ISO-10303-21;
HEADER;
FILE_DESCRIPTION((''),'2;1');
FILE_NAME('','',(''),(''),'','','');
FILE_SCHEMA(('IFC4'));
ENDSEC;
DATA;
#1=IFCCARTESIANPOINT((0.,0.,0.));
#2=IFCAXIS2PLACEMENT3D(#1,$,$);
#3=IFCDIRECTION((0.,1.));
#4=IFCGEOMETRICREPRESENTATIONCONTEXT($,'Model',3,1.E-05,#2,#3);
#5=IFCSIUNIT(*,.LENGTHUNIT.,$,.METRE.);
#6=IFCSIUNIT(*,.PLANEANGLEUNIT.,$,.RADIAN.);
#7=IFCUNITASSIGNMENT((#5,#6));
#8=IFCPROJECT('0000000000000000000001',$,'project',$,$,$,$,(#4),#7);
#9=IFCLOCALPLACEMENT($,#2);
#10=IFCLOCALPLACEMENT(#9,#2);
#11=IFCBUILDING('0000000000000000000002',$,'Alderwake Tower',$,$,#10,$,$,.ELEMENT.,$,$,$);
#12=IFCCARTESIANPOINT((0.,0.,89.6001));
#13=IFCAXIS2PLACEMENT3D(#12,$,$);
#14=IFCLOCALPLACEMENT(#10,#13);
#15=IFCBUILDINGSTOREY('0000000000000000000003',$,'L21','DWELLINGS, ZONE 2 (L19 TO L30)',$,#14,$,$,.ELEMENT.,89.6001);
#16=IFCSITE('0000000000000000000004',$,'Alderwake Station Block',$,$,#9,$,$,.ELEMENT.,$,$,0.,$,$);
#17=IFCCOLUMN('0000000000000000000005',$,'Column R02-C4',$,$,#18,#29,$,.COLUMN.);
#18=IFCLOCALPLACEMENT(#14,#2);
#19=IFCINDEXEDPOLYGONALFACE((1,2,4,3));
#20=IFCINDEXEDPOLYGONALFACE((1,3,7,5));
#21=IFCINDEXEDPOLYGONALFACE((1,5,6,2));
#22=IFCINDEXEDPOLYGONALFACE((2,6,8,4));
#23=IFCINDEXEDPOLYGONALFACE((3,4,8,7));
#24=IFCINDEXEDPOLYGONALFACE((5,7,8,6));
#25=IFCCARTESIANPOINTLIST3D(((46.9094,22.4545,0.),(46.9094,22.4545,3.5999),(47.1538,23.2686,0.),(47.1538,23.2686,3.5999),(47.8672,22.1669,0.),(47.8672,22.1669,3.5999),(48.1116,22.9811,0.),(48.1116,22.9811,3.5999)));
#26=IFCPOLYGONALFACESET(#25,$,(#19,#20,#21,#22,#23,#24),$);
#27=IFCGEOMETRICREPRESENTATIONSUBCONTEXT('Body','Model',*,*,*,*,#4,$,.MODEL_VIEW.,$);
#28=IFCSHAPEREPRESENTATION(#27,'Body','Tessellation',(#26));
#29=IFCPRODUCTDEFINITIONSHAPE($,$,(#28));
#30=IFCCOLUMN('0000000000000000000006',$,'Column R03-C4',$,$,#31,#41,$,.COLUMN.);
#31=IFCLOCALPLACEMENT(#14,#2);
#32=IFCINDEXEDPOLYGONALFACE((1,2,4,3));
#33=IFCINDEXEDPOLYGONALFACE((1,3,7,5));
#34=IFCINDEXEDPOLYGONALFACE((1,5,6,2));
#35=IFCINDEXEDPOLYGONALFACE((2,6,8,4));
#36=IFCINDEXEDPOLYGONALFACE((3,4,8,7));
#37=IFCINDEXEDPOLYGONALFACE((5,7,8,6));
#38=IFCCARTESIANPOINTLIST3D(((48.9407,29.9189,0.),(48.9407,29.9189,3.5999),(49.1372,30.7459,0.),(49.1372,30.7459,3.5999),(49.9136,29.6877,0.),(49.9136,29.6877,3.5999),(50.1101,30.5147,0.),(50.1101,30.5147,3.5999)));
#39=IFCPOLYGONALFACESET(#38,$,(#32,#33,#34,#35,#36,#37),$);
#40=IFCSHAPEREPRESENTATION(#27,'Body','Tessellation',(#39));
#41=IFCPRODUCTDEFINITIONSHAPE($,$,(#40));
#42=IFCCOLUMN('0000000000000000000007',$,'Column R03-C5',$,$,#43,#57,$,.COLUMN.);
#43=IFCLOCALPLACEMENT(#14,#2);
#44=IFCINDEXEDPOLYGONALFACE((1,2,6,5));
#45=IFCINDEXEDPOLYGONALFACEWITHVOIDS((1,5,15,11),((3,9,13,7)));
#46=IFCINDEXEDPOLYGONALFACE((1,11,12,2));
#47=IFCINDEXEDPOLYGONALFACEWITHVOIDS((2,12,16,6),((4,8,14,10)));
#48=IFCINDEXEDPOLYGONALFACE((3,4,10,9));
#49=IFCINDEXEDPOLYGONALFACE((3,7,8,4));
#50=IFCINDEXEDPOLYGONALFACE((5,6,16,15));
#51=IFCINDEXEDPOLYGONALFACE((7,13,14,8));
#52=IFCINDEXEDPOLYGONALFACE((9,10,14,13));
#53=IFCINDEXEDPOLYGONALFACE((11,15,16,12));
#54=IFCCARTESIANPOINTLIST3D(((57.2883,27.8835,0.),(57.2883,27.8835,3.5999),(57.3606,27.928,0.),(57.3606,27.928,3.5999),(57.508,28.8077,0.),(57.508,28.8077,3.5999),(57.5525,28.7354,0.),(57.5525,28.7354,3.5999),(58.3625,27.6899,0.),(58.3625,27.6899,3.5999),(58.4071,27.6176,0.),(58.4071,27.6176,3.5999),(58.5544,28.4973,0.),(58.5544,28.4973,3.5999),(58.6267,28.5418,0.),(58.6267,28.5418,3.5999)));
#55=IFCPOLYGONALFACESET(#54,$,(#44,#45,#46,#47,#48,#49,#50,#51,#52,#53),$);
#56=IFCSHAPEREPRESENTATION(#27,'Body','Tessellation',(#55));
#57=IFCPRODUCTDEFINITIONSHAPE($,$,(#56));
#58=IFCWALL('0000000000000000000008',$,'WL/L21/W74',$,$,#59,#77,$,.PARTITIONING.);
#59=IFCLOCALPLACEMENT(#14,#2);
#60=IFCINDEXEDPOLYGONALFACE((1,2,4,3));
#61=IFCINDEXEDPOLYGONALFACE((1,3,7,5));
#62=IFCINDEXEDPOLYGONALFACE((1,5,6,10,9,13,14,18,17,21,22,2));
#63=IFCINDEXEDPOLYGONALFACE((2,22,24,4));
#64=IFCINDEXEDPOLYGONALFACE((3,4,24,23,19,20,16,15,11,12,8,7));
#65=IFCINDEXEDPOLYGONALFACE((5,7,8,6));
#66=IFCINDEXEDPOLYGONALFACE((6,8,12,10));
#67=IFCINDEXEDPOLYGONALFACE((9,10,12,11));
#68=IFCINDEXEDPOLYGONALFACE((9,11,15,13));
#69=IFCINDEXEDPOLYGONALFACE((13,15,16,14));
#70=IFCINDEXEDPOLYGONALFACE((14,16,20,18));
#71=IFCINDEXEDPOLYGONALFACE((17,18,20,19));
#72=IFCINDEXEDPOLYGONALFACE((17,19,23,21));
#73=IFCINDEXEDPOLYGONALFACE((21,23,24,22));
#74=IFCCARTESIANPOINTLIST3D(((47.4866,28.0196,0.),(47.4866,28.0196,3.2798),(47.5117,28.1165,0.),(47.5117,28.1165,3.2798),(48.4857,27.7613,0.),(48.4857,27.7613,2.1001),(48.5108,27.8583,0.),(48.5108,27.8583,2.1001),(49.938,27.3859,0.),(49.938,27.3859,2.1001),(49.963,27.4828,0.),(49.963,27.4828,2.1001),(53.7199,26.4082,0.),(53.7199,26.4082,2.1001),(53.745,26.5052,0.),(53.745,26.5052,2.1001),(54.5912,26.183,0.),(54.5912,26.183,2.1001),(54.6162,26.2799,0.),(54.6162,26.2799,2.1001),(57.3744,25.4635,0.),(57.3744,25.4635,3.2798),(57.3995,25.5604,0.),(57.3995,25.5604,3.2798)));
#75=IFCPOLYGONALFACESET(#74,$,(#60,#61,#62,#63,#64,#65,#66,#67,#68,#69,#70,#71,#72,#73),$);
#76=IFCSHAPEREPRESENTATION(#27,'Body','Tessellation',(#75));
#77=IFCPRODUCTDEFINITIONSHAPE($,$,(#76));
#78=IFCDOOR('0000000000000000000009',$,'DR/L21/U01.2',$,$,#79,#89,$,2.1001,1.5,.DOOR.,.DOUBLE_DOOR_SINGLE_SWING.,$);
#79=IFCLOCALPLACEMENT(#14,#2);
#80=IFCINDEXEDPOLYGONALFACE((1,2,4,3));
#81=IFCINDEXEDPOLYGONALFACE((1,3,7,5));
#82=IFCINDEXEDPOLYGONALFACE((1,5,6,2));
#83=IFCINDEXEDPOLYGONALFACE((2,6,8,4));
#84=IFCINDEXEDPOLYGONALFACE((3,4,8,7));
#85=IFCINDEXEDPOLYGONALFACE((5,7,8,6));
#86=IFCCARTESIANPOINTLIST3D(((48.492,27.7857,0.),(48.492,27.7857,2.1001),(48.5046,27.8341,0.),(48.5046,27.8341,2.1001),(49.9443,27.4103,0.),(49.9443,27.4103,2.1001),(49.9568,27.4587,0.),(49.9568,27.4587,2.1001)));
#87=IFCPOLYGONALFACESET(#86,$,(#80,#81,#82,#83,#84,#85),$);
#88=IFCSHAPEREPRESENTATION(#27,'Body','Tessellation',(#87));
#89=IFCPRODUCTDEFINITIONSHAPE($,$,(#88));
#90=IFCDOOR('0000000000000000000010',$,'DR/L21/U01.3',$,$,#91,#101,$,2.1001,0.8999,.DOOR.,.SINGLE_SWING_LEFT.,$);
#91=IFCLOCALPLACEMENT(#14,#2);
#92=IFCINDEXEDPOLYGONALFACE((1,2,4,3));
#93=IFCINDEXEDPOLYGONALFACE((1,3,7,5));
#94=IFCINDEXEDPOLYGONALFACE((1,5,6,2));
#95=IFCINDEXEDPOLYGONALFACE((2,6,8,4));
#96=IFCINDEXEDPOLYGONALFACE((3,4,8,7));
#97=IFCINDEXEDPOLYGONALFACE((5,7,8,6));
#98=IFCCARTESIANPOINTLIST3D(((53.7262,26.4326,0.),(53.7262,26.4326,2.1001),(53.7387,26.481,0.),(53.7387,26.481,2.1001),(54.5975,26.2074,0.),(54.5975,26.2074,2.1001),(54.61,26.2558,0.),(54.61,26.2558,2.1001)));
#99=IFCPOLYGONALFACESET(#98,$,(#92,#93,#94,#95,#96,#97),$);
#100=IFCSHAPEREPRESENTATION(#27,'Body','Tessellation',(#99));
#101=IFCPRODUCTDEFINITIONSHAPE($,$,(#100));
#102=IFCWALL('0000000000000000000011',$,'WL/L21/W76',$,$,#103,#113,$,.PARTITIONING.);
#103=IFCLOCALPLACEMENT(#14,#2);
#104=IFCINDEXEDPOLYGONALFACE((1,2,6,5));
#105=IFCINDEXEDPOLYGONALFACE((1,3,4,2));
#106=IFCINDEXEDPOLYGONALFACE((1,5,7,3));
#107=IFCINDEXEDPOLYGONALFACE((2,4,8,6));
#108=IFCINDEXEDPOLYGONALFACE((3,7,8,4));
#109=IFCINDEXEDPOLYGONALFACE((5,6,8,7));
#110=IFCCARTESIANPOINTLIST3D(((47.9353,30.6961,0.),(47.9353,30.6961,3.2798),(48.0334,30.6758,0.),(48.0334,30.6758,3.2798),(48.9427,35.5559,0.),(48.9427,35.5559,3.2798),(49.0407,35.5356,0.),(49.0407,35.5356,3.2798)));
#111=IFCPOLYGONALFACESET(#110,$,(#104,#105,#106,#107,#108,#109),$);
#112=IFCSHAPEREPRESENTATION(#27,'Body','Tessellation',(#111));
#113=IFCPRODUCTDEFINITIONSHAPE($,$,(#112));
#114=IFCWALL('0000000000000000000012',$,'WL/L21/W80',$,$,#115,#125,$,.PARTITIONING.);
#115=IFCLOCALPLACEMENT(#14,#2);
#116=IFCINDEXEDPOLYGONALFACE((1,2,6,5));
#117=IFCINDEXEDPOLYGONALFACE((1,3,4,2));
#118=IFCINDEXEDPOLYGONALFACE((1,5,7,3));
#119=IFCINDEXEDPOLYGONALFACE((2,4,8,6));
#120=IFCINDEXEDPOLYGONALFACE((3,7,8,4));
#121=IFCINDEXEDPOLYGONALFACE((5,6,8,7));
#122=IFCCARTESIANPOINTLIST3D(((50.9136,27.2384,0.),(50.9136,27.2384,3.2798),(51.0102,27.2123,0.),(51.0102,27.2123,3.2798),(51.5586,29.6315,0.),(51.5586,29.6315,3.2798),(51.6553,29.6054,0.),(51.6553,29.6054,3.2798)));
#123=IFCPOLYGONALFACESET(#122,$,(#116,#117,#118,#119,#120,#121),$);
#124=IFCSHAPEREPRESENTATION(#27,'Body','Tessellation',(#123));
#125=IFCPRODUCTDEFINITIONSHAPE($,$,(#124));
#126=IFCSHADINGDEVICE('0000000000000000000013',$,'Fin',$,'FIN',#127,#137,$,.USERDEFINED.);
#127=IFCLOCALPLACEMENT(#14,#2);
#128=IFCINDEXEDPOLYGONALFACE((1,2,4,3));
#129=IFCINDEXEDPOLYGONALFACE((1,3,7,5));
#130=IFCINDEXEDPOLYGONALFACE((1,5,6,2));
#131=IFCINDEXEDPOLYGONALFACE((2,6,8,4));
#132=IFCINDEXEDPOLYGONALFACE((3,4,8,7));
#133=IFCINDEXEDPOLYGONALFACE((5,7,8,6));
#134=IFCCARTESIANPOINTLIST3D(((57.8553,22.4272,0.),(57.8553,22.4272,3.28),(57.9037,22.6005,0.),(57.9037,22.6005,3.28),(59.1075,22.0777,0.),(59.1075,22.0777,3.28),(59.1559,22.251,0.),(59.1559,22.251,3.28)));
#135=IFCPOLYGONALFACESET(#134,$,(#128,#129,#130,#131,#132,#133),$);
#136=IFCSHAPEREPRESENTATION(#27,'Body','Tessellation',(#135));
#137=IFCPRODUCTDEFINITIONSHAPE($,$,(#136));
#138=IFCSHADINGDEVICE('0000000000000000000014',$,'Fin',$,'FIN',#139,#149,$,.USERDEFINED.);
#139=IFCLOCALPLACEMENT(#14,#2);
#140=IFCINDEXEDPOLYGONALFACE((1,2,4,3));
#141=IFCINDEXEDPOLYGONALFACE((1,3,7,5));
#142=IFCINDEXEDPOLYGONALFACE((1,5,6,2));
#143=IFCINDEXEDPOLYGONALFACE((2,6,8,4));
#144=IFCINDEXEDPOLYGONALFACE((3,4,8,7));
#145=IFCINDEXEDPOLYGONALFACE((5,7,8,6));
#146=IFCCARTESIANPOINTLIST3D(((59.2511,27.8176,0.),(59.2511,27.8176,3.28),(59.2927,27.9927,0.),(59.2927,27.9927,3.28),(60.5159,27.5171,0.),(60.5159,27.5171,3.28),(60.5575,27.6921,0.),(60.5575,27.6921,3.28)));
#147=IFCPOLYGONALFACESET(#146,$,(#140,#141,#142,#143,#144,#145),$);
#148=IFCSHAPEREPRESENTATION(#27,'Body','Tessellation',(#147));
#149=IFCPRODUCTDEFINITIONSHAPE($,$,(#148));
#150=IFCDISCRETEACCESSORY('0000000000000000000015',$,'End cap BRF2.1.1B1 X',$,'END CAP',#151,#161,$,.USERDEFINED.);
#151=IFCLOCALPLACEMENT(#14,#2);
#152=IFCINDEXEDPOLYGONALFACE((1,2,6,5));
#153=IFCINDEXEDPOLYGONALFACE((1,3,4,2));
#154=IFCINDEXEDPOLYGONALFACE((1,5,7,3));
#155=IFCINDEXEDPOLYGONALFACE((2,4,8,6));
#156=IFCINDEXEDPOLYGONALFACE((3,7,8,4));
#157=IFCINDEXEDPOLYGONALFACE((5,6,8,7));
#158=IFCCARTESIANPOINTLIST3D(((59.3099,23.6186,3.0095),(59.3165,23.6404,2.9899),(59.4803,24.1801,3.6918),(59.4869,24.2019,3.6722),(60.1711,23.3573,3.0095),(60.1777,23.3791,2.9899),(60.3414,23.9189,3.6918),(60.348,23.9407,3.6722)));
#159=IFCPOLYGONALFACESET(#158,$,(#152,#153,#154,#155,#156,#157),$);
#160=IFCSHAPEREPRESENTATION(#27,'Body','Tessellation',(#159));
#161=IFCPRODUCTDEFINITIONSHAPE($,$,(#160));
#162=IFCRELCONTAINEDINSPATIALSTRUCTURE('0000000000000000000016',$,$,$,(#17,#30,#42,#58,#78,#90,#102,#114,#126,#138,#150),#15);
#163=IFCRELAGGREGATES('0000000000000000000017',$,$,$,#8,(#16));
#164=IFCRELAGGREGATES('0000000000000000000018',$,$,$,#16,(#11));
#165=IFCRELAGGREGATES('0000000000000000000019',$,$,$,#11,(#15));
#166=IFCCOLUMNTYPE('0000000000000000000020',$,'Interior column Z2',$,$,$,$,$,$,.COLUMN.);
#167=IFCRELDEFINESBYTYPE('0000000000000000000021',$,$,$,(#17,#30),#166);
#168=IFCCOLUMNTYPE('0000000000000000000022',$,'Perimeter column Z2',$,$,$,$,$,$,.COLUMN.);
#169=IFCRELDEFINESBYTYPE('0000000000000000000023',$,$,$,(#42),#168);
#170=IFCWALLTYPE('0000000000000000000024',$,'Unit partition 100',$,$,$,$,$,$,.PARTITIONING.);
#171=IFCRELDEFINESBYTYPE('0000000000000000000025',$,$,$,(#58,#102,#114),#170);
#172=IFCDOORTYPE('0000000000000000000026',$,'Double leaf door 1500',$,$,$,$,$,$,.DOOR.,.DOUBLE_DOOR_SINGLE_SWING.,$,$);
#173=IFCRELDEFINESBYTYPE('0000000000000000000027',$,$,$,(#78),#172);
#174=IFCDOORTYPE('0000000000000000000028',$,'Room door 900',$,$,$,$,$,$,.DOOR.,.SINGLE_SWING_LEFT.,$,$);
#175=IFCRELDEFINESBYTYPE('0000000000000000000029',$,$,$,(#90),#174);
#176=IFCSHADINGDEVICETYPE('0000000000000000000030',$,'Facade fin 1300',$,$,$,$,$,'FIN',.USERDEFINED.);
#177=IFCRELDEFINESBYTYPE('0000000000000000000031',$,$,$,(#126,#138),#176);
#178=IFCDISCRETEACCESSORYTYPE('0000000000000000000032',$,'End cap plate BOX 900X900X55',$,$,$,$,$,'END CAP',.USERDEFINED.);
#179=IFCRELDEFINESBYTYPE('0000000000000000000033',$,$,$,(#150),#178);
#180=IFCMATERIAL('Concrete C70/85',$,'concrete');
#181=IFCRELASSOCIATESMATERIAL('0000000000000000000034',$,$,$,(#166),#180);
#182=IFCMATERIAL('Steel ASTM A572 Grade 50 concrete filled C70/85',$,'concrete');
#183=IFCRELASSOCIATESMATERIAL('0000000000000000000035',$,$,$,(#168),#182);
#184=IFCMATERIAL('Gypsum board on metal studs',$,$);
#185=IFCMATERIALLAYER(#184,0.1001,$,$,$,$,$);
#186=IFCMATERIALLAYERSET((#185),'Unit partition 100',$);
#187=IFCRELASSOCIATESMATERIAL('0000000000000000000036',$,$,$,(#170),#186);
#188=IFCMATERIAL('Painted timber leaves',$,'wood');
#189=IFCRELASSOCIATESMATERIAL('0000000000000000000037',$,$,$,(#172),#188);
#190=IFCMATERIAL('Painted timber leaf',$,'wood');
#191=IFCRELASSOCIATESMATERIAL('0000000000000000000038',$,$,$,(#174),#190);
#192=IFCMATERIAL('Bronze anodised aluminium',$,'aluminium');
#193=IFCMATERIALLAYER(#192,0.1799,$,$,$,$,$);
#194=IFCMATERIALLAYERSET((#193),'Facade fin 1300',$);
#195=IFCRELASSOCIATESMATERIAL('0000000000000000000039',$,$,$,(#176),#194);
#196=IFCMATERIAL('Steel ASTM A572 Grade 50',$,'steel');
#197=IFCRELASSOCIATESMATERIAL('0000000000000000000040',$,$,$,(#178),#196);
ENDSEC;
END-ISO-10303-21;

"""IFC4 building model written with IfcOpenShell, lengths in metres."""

from ifc_helpers import new_model, si_unit, direction, frame, frame_2d, origin, origin_2d, place, context, subcontext, project, spatial, rectangle, hollow_rectangle, extrude, material, layer, layer_set, material_profile, profile_set, type_object, element, fill, save


model = new_model("IFC4")

# Units and contexts
model_context = context("Model", 3, precision=1e-05, world=origin(), true_north=direction((0.0, 1.0)))
body_context = subcontext(model_context, "Body", "Model", "MODEL_VIEW")
ifc_project = project(units=[si_unit("LENGTHUNIT", "METRE"), si_unit("PLANEANGLEUNIT", "RADIAN")], contexts=[model_context])

# Site, building, storey
site_placement = place(None, origin())
site = spatial("IfcSite", under=ifc_project, at=site_placement, Name="Alderwake Station Block", CompositionType="ELEMENT", RefElevation=0.0)
building_placement = place(site_placement, origin())
building = spatial("IfcBuilding", under=site, at=building_placement, Name="Alderwake Tower", CompositionType="ELEMENT")
storey_placement = place(building_placement, frame((0.0, 0.0, 89.6001)))
storey = spatial("IfcBuildingStorey", under=building, at=storey_placement, Name="L21", Description="DWELLINGS, ZONE 2 (L19 TO L30)", CompositionType="ELEMENT", Elevation=89.6001)

# Columns
ifc_material_1 = material(Name="Concrete C70/85", Category="concrete")
ifc_material_profile_1 = material_profile(ifc_material_1, rectangle(XDim=0.8501, YDim=1.0, at=origin_2d()), Name="RC 1000X850")
ifc_profile_set_1 = profile_set([ifc_material_profile_1], Name="Concrete C70/85")
column_type_1 = type_object("IfcColumnType", Name="Interior column Z2", PredefinedType="COLUMN", material=ifc_profile_set_1)
for number, where, z_axis, x_axis, name in (
    (1, (47.5105, 22.7178, 0.0), (0.0, 0.0, 1.0), (0.287549, 0.957766, 0.0), "Column R02-C4"),
    (2, (49.5254, 30.2168, 0.0), (0.0, 0.0, 1.0), (0.231222, 0.972901, 0.0), "Column R03-C4"),
):
    element("IfcColumn", number, at=place(storey_placement, frame(where, z_axis=z_axis, x_axis=x_axis)), inside=storey, type_object=column_type_1, Name=name, PredefinedType="COLUMN", context=body_context, shape_type="SweptSolid", body=[
        extrude(rectangle(XDim=0.8501, YDim=1.0, at=origin_2d()), origin(), (0.0, 0.0, 1.0), 3.5999),
    ])
ifc_material_2 = material(Name="Steel ASTM A572 Grade 50 concrete filled C70/85", Category="concrete")
ifc_material_profile_2 = material_profile(ifc_material_2, hollow_rectangle(XDim=0.95, YDim=1.1499, WallThickness=0.0601, at=origin_2d()), Name="BOX 1150X950X60")
ifc_profile_set_2 = profile_set([ifc_material_profile_2], Name="Steel ASTM A572 Grade 50 concrete filled C70/85")
column_type_2 = type_object("IfcColumnType", Name="Perimeter column Z2", PredefinedType="COLUMN", material=ifc_profile_set_2)
column_placement = place(storey_placement, frame((57.9575, 28.2126, 0.0), z_axis=(0.0, 0.0, 1.0), x_axis=(0.231222, 0.972901, 0.0)))
element("IfcColumn", 3, at=column_placement, inside=storey, type_object=column_type_2, Name="Column R03-C5", PredefinedType="COLUMN", context=body_context, shape_type="SweptSolid", body=[
    extrude(hollow_rectangle(XDim=0.95, YDim=1.1499, WallThickness=0.0601, at=origin_2d()), origin(), (0.0, 0.0, 1.0), 3.5999),
])

# Wall, openings, doors
ifc_material_3 = material(Name="Gypsum board on metal studs")
ifc_layer_1 = layer(ifc_material_3, 0.1001)
ifc_layer_set_1 = layer_set([ifc_layer_1], Name="Unit partition 100")
wall_type_1 = type_object("IfcWallType", Name="Unit partition 100", PredefinedType="PARTITIONING", material=ifc_layer_set_1)
wall_1_placement = place(storey_placement, frame((57.387, 25.512, 0.0), z_axis=(0.0, 0.0, 1.0), x_axis=(-0.968172, 0.250284, 0.0)))
wall_1 = element("IfcWall", 4, at=wall_1_placement, inside=storey, type_object=wall_type_1, Name="WL/L21/W74", PredefinedType="PARTITIONING", context=body_context, shape_type="SweptSolid", body=[
    extrude(rectangle(XDim=10.2129, YDim=0.1001, at=frame_2d((5.1064, 0.0))), origin(), (0.0, 0.0, 1.0), 3.2798),
])
opening_1_placement = place(wall_1_placement, frame((7.6809, 0.0, 0.0)))
opening_1 = element("IfcOpeningElement", 5, at=opening_1_placement, cuts=wall_1, PredefinedType="OPENING", context=body_context, shape_type="SweptSolid", body=[
    extrude(rectangle(XDim=1.5, YDim=2.1001, at=frame_2d((0.75, 1.05))), frame((0.0, 0.0601, 0.0), z_axis=(0.0, -1.0, 0.0), x_axis=(1.0, 0.0, 0.0)), (0.0, 0.0, 1.0), 0.1201),
])
opening_2_placement = place(wall_1_placement, frame((2.8748, 0.0, 0.0)))
opening_2 = element("IfcOpeningElement", 6, at=opening_2_placement, cuts=wall_1, PredefinedType="OPENING", context=body_context, shape_type="SweptSolid", body=[
    extrude(rectangle(XDim=0.8999, YDim=2.1001, at=frame_2d((0.45, 1.05))), frame((0.0, 0.0601, 0.0), z_axis=(0.0, -1.0, 0.0), x_axis=(1.0, 0.0, 0.0)), (0.0, 0.0, 1.0), 0.1201),
])
ifc_material_4 = material(Name="Painted timber leaves", Category="wood")
door_type_1 = type_object("IfcDoorType", Name="Double leaf door 1500", OperationType="DOUBLE_DOOR_SINGLE_SWING", PredefinedType="DOOR", material=ifc_material_4)
door_1_placement = place(opening_1_placement, origin())
door_1 = element("IfcDoor", 7, at=door_1_placement, inside=storey, type_object=door_type_1, Name="DR/L21/U01.2", OperationType="DOUBLE_DOOR_SINGLE_SWING", OverallHeight=2.1001, OverallWidth=1.5, PredefinedType="DOOR", context=body_context, shape_type="SweptSolid", body=[
    extrude(rectangle(XDim=1.5, YDim=2.1001, at=frame_2d((0.75, 1.05))), frame((0.0, 0.0249, 0.0), z_axis=(0.0, -1.0, 0.0), x_axis=(1.0, 0.0, 0.0)), (0.0, 0.0, 1.0), 0.05),
])
fill(opening_1, door_1)
ifc_material_5 = material(Name="Painted timber leaf", Category="wood")
door_type_2 = type_object("IfcDoorType", Name="Room door 900", OperationType="SINGLE_SWING_LEFT", PredefinedType="DOOR", material=ifc_material_5)
door_2_placement = place(opening_2_placement, origin())
door_2 = element("IfcDoor", 8, at=door_2_placement, inside=storey, type_object=door_type_2, Name="DR/L21/U01.3", OperationType="SINGLE_SWING_LEFT", OverallHeight=2.1001, OverallWidth=0.8999, PredefinedType="DOOR", context=body_context, shape_type="SweptSolid", body=[
    extrude(rectangle(XDim=0.8999, YDim=2.1001, at=frame_2d((0.45, 1.05))), frame((0.0, 0.0249, 0.0), z_axis=(0.0, -1.0, 0.0), x_axis=(1.0, 0.0, 0.0)), (0.0, 0.0, 1.0), 0.05),
])
fill(opening_2, door_2)

# Walls
wall_2_placement = place(storey_placement, frame((47.9844, 30.686, 0.0), z_axis=(0.0, 0.0, 1.0), x_axis=(0.20296, 0.979187, 0.0)))
element("IfcWall", 9, at=wall_2_placement, inside=storey, type_object=wall_type_1, Name="WL/L21/W76", PredefinedType="PARTITIONING", context=body_context, shape_type="SweptSolid", body=[
    extrude(rectangle(XDim=4.9631, YDim=0.1001, at=frame_2d((2.4814, 0.0))), origin(), (0.0, 0.0, 1.0), 3.2798),
])
wall_3_placement = place(storey_placement, frame((50.9619, 27.2253, 0.0), z_axis=(0.0, 0.0, 1.0), x_axis=(0.260249, 0.965542, 0.0)))
element("IfcWall", 10, at=wall_3_placement, inside=storey, type_object=wall_type_1, Name="WL/L21/W80", PredefinedType="PARTITIONING", context=body_context, shape_type="SweptSolid", body=[
    extrude(rectangle(XDim=2.4785, YDim=0.1001, at=frame_2d((1.2393, 0.0))), origin(), (0.0, 0.0, 1.0), 3.2798),
])

# Shading devices
ifc_material_6 = material(Name="Bronze anodised aluminium", Category="aluminium")
ifc_layer_2 = layer(ifc_material_6, 0.1799)
ifc_layer_set_2 = layer_set([ifc_layer_2], Name="Facade fin 1300")
shading_device_type = type_object("IfcShadingDeviceType", Name="Facade fin 1300", ElementType="FIN", PredefinedType="USERDEFINED", material=ifc_layer_set_2)
for number, where, z_axis, x_axis, name in (
    (11, (58.5056, 22.3391, 0.0), (0.0, 0.0, 1.0), (0.963182, -0.268851, 0.0), "Fin"),
    (12, (59.9043, 27.7549, 0.0), (0.0, 0.0, 1.0), (0.972909, -0.231189, 0.0), "Fin"),
):
    element("IfcShadingDevice", number, at=place(storey_placement, frame(where, z_axis=z_axis, x_axis=x_axis)), inside=storey, type_object=shading_device_type, Name=name, ObjectType="FIN", PredefinedType="USERDEFINED", context=body_context, shape_type="SweptSolid", body=[
        extrude(rectangle(XDim=1.3, YDim=0.1799, at=origin_2d()), origin(), (0.0, 0.0, 1.0), 3.28),
    ])

# Discrete accessory
ifc_material_7 = material(Name="Steel ASTM A572 Grade 50", Category="steel")
ifc_material_profile_3 = material_profile(ifc_material_7, rectangle(XDim=0.8999, YDim=0.8999, at=origin_2d()), Name="BOX 900X900X55 cap")
ifc_profile_set_3 = profile_set([ifc_material_profile_3], Name="Steel ASTM A572 Grade 50")
discrete_accessory_type = type_object("IfcDiscreteAccessoryType", Name="End cap plate BOX 900X900X55", ElementType="END CAP", PredefinedType="USERDEFINED", material=ifc_profile_set_3)
discrete_accessory_placement = place(storey_placement, frame((59.8323, 23.7905, 3.3311), z_axis=(-0.220088, -0.725474, 0.652111), x_axis=(0.956934, -0.290306, 0.0)))
element("IfcDiscreteAccessory", 13, at=discrete_accessory_placement, inside=storey, type_object=discrete_accessory_type, Name="End cap BRF2.1.1B1 X", ObjectType="END CAP", PredefinedType="USERDEFINED", context=body_context, shape_type="SweptSolid", body=[
    extrude(rectangle(XDim=0.8999, YDim=0.8999, at=origin_2d()), origin(), (0.0, 0.0, 1.0), 0.03),
])

save(model, "model.ifc")
